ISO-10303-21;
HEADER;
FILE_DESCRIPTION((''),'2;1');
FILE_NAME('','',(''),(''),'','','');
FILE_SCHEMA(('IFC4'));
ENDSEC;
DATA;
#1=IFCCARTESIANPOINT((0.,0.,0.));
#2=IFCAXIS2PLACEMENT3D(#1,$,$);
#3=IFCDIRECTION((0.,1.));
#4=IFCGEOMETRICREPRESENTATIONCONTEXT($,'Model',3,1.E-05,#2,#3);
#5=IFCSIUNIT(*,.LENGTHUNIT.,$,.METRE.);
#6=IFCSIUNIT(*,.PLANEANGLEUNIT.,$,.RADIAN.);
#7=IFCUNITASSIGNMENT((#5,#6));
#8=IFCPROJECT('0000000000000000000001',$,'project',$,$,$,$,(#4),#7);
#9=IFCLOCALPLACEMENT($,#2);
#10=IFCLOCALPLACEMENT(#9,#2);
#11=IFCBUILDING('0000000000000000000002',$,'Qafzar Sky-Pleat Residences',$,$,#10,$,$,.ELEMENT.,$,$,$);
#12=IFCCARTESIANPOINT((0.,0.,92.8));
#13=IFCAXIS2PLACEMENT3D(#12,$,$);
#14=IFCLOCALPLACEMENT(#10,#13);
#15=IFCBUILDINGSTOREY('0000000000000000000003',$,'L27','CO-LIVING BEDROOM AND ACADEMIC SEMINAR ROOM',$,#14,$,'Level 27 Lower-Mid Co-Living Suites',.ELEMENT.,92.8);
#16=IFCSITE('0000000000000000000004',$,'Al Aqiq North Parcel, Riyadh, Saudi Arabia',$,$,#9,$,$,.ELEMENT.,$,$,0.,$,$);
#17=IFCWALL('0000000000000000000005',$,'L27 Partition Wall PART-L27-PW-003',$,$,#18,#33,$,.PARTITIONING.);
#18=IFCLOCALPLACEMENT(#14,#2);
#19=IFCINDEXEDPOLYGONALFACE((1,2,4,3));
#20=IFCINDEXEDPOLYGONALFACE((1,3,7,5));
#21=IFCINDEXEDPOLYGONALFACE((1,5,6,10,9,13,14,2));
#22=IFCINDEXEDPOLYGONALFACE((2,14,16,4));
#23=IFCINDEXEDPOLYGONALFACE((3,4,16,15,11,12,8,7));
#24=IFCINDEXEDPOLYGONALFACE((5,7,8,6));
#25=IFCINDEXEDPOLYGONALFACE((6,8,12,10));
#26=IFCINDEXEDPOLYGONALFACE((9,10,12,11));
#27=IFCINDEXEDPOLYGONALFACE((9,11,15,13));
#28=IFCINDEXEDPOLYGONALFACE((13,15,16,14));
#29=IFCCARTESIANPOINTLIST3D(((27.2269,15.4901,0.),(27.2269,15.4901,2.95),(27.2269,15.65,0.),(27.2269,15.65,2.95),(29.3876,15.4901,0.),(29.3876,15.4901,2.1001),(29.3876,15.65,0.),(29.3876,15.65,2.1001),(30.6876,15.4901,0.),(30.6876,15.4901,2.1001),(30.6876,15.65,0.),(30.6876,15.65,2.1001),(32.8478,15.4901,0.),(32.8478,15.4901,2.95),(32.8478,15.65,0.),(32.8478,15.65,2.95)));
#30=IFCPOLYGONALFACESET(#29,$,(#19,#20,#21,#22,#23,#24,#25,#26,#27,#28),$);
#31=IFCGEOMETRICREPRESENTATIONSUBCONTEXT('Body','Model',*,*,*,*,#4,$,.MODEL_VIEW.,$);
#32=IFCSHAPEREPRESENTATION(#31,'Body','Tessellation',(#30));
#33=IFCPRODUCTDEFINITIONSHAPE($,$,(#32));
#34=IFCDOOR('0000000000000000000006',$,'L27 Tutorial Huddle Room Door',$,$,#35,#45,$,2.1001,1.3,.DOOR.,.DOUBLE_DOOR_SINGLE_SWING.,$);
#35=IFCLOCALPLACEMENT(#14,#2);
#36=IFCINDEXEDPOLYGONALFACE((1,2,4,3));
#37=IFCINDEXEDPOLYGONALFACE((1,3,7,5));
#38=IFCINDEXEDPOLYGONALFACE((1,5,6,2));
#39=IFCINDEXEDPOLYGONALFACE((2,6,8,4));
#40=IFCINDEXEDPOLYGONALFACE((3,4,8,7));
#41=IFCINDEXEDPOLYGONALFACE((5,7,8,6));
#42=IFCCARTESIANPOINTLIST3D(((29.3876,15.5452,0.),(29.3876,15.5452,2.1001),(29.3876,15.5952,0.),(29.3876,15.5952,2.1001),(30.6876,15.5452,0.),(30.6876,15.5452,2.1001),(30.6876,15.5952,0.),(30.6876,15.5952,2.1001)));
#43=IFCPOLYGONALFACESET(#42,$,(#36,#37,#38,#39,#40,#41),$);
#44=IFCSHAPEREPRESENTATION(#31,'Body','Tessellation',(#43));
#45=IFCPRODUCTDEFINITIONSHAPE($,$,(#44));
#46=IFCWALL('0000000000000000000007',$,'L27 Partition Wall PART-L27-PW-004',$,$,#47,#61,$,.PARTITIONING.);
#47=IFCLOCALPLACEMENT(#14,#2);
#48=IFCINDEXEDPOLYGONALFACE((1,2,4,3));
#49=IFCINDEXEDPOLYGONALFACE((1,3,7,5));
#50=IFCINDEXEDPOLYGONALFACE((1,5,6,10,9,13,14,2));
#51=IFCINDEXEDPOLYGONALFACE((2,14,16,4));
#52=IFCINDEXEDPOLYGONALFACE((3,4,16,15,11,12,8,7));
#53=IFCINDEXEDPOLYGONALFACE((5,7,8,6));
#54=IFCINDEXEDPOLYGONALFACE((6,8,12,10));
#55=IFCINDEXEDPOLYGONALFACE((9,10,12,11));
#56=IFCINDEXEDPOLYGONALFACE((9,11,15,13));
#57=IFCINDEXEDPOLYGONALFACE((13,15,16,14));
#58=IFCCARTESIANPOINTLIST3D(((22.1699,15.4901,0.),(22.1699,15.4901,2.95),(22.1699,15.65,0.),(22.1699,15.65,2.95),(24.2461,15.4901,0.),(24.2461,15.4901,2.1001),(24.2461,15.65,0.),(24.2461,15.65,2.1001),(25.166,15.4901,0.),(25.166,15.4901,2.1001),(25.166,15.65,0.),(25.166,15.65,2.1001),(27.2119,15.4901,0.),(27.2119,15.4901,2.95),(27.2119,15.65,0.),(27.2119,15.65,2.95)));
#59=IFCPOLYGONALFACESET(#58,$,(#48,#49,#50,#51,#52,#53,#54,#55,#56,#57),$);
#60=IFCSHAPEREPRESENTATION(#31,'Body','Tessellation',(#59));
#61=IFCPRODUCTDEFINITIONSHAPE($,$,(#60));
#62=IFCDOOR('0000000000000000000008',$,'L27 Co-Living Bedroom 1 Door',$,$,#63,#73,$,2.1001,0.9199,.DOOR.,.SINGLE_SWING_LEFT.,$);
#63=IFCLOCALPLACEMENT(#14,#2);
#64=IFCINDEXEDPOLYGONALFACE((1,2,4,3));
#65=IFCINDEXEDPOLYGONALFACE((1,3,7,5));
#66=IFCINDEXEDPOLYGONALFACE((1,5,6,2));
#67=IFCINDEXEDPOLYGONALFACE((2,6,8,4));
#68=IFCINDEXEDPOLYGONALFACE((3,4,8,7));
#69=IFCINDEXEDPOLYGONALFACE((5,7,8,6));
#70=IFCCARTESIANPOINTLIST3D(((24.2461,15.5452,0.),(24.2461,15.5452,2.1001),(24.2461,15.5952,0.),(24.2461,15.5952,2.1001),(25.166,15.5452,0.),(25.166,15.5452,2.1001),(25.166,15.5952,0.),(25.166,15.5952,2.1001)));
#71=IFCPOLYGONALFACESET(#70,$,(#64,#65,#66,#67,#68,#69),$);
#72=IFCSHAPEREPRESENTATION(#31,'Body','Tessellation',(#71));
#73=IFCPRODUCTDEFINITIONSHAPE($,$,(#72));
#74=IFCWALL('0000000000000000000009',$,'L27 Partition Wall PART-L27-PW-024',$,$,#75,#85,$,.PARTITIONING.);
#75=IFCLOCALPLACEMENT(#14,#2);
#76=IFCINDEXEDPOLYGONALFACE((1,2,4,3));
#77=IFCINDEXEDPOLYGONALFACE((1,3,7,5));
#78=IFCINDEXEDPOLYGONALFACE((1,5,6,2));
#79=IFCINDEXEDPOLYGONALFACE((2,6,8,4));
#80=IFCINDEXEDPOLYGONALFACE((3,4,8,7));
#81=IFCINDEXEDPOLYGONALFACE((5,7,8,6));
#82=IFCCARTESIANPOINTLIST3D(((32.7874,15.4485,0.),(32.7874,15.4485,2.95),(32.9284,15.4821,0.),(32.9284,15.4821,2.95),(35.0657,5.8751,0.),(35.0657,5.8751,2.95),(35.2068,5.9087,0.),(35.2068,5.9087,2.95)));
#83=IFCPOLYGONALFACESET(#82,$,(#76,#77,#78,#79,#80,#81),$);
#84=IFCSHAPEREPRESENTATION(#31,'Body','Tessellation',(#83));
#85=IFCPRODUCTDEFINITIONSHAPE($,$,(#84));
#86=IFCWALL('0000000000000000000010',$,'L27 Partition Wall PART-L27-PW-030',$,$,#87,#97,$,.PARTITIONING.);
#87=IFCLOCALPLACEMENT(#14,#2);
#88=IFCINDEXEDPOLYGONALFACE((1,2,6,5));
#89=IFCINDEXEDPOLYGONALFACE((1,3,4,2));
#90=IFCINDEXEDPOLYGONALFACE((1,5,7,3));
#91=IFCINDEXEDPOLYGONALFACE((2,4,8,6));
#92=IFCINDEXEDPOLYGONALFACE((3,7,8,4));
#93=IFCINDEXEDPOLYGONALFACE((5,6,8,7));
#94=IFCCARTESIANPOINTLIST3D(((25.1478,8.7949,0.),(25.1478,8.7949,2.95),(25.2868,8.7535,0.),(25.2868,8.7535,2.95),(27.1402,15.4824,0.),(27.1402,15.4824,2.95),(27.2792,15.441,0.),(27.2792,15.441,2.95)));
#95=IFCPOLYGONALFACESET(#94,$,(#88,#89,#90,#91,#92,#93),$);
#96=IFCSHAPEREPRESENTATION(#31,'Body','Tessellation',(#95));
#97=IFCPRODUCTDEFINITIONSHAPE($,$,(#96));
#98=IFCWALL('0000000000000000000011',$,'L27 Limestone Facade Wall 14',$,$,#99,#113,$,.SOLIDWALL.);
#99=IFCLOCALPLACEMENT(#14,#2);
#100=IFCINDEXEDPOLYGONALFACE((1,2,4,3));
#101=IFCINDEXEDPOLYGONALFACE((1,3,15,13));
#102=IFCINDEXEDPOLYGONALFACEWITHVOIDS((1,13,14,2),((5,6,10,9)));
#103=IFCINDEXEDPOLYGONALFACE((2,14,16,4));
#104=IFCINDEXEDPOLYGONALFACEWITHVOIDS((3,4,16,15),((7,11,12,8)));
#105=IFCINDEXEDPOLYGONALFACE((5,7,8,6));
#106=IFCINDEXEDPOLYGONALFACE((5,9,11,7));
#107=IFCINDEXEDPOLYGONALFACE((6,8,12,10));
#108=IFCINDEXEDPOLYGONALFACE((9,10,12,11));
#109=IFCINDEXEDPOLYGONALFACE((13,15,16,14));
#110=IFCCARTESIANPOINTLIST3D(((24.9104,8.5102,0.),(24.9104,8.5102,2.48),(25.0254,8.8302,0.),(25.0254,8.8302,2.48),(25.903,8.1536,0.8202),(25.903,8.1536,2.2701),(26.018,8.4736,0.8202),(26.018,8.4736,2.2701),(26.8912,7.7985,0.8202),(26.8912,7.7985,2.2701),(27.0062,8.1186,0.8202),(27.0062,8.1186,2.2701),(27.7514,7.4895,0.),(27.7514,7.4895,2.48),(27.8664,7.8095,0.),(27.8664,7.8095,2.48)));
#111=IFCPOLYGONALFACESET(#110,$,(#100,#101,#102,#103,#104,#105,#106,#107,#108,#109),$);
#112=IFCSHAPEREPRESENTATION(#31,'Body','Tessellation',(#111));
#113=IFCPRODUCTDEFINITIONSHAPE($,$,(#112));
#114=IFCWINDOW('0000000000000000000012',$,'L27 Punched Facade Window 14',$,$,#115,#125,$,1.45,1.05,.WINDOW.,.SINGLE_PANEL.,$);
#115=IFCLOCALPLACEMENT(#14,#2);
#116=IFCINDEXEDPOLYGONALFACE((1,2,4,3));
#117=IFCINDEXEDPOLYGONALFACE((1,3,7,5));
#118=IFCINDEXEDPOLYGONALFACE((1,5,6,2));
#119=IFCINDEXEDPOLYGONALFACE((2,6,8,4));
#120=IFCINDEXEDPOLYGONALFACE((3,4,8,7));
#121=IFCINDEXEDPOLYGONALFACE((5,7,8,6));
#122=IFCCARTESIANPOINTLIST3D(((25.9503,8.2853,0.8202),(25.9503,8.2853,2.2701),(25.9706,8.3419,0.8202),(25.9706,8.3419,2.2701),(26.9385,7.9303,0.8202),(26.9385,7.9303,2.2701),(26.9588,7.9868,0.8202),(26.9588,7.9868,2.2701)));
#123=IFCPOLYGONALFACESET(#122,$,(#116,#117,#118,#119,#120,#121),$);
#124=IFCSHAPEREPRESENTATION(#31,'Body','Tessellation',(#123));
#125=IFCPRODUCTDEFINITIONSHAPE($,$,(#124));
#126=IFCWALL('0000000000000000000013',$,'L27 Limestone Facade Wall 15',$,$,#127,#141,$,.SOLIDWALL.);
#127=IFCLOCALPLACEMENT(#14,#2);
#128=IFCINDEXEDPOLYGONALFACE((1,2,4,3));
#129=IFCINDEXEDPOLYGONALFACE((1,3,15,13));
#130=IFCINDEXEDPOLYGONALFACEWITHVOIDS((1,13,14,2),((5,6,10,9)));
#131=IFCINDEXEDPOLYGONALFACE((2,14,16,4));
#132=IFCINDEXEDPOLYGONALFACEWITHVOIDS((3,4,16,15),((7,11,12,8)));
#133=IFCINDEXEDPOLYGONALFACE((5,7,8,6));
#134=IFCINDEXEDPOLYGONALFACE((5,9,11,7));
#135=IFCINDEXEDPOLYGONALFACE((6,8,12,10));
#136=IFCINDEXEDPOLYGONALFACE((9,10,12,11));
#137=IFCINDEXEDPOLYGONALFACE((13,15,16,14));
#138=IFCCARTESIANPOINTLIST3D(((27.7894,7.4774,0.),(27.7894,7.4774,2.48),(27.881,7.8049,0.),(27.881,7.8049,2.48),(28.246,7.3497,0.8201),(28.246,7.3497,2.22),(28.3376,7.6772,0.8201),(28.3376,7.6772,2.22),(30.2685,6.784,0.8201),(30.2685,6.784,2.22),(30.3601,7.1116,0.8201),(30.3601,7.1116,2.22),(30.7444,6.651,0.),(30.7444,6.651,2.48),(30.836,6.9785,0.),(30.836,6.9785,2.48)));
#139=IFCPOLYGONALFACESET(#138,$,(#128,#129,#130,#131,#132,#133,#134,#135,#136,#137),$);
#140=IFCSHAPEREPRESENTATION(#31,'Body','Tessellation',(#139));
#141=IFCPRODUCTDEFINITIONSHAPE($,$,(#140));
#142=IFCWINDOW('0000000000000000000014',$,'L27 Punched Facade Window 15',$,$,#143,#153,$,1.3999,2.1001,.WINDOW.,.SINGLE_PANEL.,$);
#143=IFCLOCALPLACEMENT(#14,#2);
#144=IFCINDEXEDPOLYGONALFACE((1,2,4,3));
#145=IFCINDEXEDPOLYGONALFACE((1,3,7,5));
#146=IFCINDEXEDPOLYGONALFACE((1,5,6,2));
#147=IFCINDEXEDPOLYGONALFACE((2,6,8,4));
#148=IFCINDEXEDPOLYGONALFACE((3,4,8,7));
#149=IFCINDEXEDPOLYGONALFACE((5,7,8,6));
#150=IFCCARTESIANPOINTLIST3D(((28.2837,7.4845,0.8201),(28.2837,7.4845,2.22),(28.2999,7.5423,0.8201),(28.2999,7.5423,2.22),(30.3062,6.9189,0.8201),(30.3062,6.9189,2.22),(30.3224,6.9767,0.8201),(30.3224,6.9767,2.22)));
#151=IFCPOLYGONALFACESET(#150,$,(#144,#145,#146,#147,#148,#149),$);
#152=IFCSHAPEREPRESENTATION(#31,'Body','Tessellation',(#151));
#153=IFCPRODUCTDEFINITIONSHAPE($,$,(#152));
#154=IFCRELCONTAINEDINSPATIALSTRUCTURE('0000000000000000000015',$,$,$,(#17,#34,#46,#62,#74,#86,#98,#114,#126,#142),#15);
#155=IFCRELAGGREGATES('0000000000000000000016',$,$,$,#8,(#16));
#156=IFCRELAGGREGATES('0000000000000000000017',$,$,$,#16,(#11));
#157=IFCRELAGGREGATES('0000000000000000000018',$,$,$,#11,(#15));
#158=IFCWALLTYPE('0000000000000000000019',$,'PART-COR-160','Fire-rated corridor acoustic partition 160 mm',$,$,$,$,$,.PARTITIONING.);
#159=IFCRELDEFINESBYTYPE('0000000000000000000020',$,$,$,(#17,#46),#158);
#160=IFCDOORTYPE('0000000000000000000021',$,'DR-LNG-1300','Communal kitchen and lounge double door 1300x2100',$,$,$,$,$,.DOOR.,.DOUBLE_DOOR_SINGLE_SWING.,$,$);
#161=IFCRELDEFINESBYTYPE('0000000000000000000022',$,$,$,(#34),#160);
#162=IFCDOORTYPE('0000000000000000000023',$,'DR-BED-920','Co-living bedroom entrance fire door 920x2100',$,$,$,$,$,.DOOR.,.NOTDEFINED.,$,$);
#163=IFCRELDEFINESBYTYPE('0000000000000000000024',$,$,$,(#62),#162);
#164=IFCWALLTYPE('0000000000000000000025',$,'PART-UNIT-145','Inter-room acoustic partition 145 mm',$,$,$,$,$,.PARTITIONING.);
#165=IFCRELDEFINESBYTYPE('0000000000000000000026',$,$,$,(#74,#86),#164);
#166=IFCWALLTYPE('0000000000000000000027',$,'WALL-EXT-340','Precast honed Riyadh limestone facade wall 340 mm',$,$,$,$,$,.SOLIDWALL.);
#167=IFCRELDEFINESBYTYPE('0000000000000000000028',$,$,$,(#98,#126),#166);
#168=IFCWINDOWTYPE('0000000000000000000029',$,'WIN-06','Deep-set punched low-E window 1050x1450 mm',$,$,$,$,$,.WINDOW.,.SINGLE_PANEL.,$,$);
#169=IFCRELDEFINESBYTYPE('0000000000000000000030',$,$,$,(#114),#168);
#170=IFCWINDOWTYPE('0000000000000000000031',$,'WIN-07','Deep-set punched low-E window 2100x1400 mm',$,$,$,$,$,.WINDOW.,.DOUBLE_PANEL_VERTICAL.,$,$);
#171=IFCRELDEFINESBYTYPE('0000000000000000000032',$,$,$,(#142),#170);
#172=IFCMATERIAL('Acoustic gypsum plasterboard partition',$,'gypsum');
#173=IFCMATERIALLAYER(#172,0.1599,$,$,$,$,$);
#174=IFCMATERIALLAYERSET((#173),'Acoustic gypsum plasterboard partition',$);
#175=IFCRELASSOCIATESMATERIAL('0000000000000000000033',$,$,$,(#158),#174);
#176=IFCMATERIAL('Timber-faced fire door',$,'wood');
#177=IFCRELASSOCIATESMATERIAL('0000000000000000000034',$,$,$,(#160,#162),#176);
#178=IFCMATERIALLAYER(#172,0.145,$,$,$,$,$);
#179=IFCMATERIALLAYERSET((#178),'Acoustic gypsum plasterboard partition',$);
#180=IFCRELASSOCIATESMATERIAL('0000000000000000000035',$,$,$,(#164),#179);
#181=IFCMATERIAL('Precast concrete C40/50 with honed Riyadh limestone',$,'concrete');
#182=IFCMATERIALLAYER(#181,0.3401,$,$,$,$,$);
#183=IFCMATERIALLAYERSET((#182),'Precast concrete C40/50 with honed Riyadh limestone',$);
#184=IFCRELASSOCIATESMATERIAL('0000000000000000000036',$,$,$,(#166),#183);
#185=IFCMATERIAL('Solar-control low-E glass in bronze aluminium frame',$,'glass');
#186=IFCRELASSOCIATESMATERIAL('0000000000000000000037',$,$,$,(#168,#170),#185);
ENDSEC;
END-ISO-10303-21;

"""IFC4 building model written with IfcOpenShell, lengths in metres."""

from ifc_helpers import new_model, si_unit, direction, frame, frame_2d, origin, place, context, subcontext, project, spatial, rectangle, extrude, source, transform, mapped, material, layer, layer_set, type_object, element, fill, save


model = new_model("IFC4")

# Units and contexts
model_context = context("Model", 3, precision=1e-05, world=origin(), true_north=direction((0.0, 1.0)))
body_context = subcontext(model_context, "Body", "Model", "MODEL_VIEW")
ifc_project = project(units=[si_unit("LENGTHUNIT", "METRE"), si_unit("PLANEANGLEUNIT", "RADIAN")], contexts=[model_context])

# Site, building, storey
site_placement = place(None, origin())
site = spatial("IfcSite", under=ifc_project, at=site_placement, Name="Al Aqiq North Parcel, Riyadh, Saudi Arabia", CompositionType="ELEMENT", RefElevation=0.0)
building_placement = place(site_placement, origin())
building = spatial("IfcBuilding", under=site, at=building_placement, Name="Qafzar Sky-Pleat Residences", CompositionType="ELEMENT")
storey_placement = place(building_placement, frame((0.0, 0.0, 92.8)))
storey = spatial("IfcBuildingStorey", under=building, at=storey_placement, Name="L27", Description="CO-LIVING BEDROOM AND ACADEMIC SEMINAR ROOM", LongName="Level 27 Lower-Mid Co-Living Suites", CompositionType="ELEMENT", Elevation=92.8)

# Walls, openings, doors
ifc_material_1 = material(Name="Acoustic gypsum plasterboard partition", Category="gypsum")
ifc_layer_1 = layer(ifc_material_1, 0.1599)
ifc_layer_set_1 = layer_set([ifc_layer_1], Name="Acoustic gypsum plasterboard partition")
wall_type_1 = type_object("IfcWallType", Name="PART-COR-160", Description="Fire-rated corridor acoustic partition 160 mm", PredefinedType="PARTITIONING", material=ifc_layer_set_1)
wall_1_placement = place(storey_placement, frame((32.8479, 15.5701, 0.0), z_axis=(0.0, 0.0, 1.0), x_axis=(-1.0, 0.0, 0.0)))
wall_1 = element("IfcWall", 1, at=wall_1_placement, inside=storey, type_object=wall_type_1, Name="L27 Partition Wall PART-L27-PW-003", PredefinedType="PARTITIONING", context=body_context, shape_type="SweptSolid", body=[
    extrude(rectangle(XDim=5.6208, YDim=0.1599, at=frame_2d((2.8105, 0.0))), origin(), (0.0, 0.0, 1.0), 2.95),
])
opening_1_placement = place(wall_1_placement, frame((2.1604, 0.0, 0.0)))
opening_1 = element("IfcOpeningElement", 2, at=opening_1_placement, cuts=wall_1, PredefinedType="OPENING", context=body_context, shape_type="SweptSolid", body=[
    extrude(rectangle(XDim=1.3, YDim=2.1001, at=frame_2d((0.6499, 1.05))), frame((0.0, 0.0898, 0.0), z_axis=(0.0, -1.0, 0.0), x_axis=(1.0, 0.0, 0.0)), (0.0, 0.0, 1.0), 0.1799),
])
ifc_material_2 = material(Name="Timber-faced fire door", Category="wood")
door_type_1 = type_object("IfcDoorType", Name="DR-LNG-1300", Description="Communal kitchen and lounge double door 1300x2100", OperationType="DOUBLE_DOOR_SINGLE_SWING", PredefinedType="DOOR", material=ifc_material_2)
shared_shape_1 = source(origin(), body_context, "Body", "SweptSolid", [
    extrude(rectangle(XDim=1.3, YDim=2.1001, at=frame_2d((0.6499, 1.05))), frame((0.0, 0.0249, 0.0), z_axis=(0.0, -1.0, 0.0), x_axis=(1.0, 0.0, 0.0)), (0.0, 0.0, 1.0), 0.05),
])
door_1_placement = place(opening_1_placement, origin())
door_1 = element("IfcDoor", 3, at=door_1_placement, inside=storey, type_object=door_type_1, Name="L27 Tutorial Huddle Room Door", OperationType="DOUBLE_DOOR_SINGLE_SWING", OverallHeight=2.1001, OverallWidth=1.3, PredefinedType="DOOR", context=body_context, shape_type="MappedRepresentation", body=[
    mapped(shared_shape_1, transform((0.0, 0.0, 0.0), x_axis=(1.0, 0.0, 0.0), y_axis=(0.0, 1.0, 0.0), z_axis=(0.0, 0.0, 1.0), scale=1.0)),
])
fill(opening_1, door_1)
wall_2_placement = place(storey_placement, frame((27.2119, 15.5701, 0.0), z_axis=(0.0, 0.0, 1.0), x_axis=(-1.0, 0.0, 0.0)))
wall_2 = element("IfcWall", 4, at=wall_2_placement, inside=storey, type_object=wall_type_1, Name="L27 Partition Wall PART-L27-PW-004", PredefinedType="PARTITIONING", context=body_context, shape_type="SweptSolid", body=[
    extrude(rectangle(XDim=5.042, YDim=0.1599, at=frame_2d((2.521, 0.0))), origin(), (0.0, 0.0, 1.0), 2.95),
])
opening_2_placement = place(wall_2_placement, frame((2.0459, 0.0, 0.0)))
opening_2 = element("IfcOpeningElement", 5, at=opening_2_placement, cuts=wall_2, PredefinedType="OPENING", context=body_context, shape_type="SweptSolid", body=[
    extrude(rectangle(XDim=0.9199, YDim=2.1001, at=frame_2d((0.46, 1.05))), frame((0.0, 0.0898, 0.0), z_axis=(0.0, -1.0, 0.0), x_axis=(1.0, 0.0, 0.0)), (0.0, 0.0, 1.0), 0.1799),
])
door_type_2 = type_object("IfcDoorType", Name="DR-BED-920", Description="Co-living bedroom entrance fire door 920x2100", OperationType="NOTDEFINED", PredefinedType="DOOR", material=ifc_material_2)
shared_shape_2 = source(origin(), body_context, "Body", "SweptSolid", [
    extrude(rectangle(XDim=0.9199, YDim=2.1001, at=frame_2d((0.46, 1.05))), frame((0.0, 0.0249, 0.0), z_axis=(0.0, -1.0, 0.0), x_axis=(1.0, 0.0, 0.0)), (0.0, 0.0, 1.0), 0.05),
])
door_2_placement = place(opening_2_placement, origin())
door_2 = element("IfcDoor", 6, at=door_2_placement, inside=storey, type_object=door_type_2, Name="L27 Co-Living Bedroom 1 Door", OperationType="SINGLE_SWING_LEFT", OverallHeight=2.1001, OverallWidth=0.9199, PredefinedType="DOOR", context=body_context, shape_type="MappedRepresentation", body=[
    mapped(shared_shape_2, transform((0.0, 0.0, 0.0), x_axis=(1.0, 0.0, 0.0), y_axis=(0.0, 1.0, 0.0), z_axis=(0.0, 0.0, 1.0), scale=1.0)),
])
fill(opening_2, door_2)

# Walls
ifc_layer_2 = layer(ifc_material_1, 0.145)
ifc_layer_set_2 = layer_set([ifc_layer_2], Name="Acoustic gypsum plasterboard partition")
wall_type_2 = type_object("IfcWallType", Name="PART-UNIT-145", Description="Inter-room acoustic partition 145 mm", PredefinedType="PARTITIONING", material=ifc_layer_set_2)
wall_3_placement = place(storey_placement, frame((32.8579, 15.4653, 0.0), z_axis=(0.0, 0.0, 1.0), x_axis=(0.231517, -0.972831, 0.0)))
element("IfcWall", 7, at=wall_3_placement, inside=storey, type_object=wall_type_2, Name="L27 Partition Wall PART-L27-PW-024", PredefinedType="PARTITIONING", context=body_context, shape_type="SweptSolid", body=[
    extrude(rectangle(XDim=9.8408, YDim=0.145, at=frame_2d((4.9204, 0.0))), origin(), (0.0, 0.0, 1.0), 2.95),
])
wall_4_placement = place(storey_placement, frame((25.2173, 8.7742, 0.0), z_axis=(0.0, 0.0, 1.0), x_axis=(0.285531, 0.95837, 0.0)))
element("IfcWall", 8, at=wall_4_placement, inside=storey, type_object=wall_type_2, Name="L27 Partition Wall PART-L27-PW-030", PredefinedType="PARTITIONING", context=body_context, shape_type="SweptSolid", body=[
    extrude(rectangle(XDim=6.978, YDim=0.145, at=frame_2d((3.489, 0.0))), origin(), (0.0, 0.0, 1.0), 2.95),
])

# Walls, openings, windows
ifc_material_3 = material(Name="Precast concrete C40/50 with honed Riyadh limestone", Category="concrete")
ifc_layer_3 = layer(ifc_material_3, 0.3401)
ifc_layer_set_3 = layer_set([ifc_layer_3], Name="Precast concrete C40/50 with honed Riyadh limestone")
wall_type_3 = type_object("IfcWallType", Name="WALL-EXT-340", Description="Precast honed Riyadh limestone facade wall 340 mm", PredefinedType="SOLIDWALL", material=ifc_layer_set_3)
wall_5_placement = place(storey_placement, frame((24.968, 8.6702, 0.0), z_axis=(0.0, 0.0, 1.0), x_axis=(0.941102, -0.338124, 0.0)))
wall_5 = element("IfcWall", 9, at=wall_5_placement, inside=storey, type_object=wall_type_3, Name="L27 Limestone Facade Wall 14", PredefinedType="SOLIDWALL", context=body_context, shape_type="SweptSolid", body=[
    extrude(rectangle(XDim=3.0188, YDim=0.3401, at=frame_2d((1.5093, 0.0))), origin(), (0.0, 0.0, 1.0), 2.48),
])
opening_3_placement = place(wall_5_placement, frame((1.0547, 0.0, 0.8201)))
opening_3 = element("IfcOpeningElement", 10, at=opening_3_placement, cuts=wall_5, PredefinedType="OPENING", context=body_context, shape_type="SweptSolid", body=[
    extrude(rectangle(XDim=1.05, YDim=1.45, at=frame_2d((0.5249, 0.7251))), frame((0.0, 0.1802, 0.0), z_axis=(0.0, -1.0, 0.0), x_axis=(1.0, 0.0, 0.0)), (0.0, 0.0, 1.0), 0.3601),
])
ifc_material_4 = material(Name="Solar-control low-E glass in bronze aluminium frame", Category="glass")
window_type_1 = type_object("IfcWindowType", Name="WIN-06", Description="Deep-set punched low-E window 1050x1450 mm", PartitioningType="SINGLE_PANEL", PredefinedType="WINDOW", material=ifc_material_4)
shared_shape_3 = source(origin(), body_context, "Body", "SweptSolid", [
    extrude(rectangle(XDim=1.05, YDim=1.45, at=frame_2d((0.5249, 0.7251))), frame((0.0, 0.03, 0.0), z_axis=(0.0, -1.0, 0.0), x_axis=(1.0, 0.0, 0.0)), (0.0, 0.0, 1.0), 0.0601),
])
window_1_placement = place(opening_3_placement, origin())
window_1 = element("IfcWindow", 11, at=window_1_placement, inside=storey, type_object=window_type_1, Name="L27 Punched Facade Window 14", OverallHeight=1.45, OverallWidth=1.05, PartitioningType="SINGLE_PANEL", PredefinedType="WINDOW", context=body_context, shape_type="MappedRepresentation", body=[
    mapped(shared_shape_3, transform((0.0, 0.0, 0.0), x_axis=(1.0, 0.0, 0.0), y_axis=(0.0, 1.0, 0.0), z_axis=(0.0, 0.0, 1.0), scale=1.0)),
])
fill(opening_3, window_1)
wall_6_placement = place(storey_placement, frame((27.8352, 7.6411, 0.0), z_axis=(0.0, 0.0, 1.0), x_axis=(0.963049, -0.269326, 0.0)))
wall_6 = element("IfcWall", 12, at=wall_6_placement, inside=storey, type_object=wall_type_3, Name="L27 Limestone Facade Wall 15", PredefinedType="SOLIDWALL", context=body_context, shape_type="SweptSolid", body=[
    extrude(rectangle(XDim=3.0684, YDim=0.3401, at=frame_2d((1.5342, 0.0))), origin(), (0.0, 0.0, 1.0), 2.48),
])
opening_4_placement = place(wall_6_placement, frame((0.4741, 0.0, 0.8201)))
opening_4 = element("IfcOpeningElement", 13, at=opening_4_placement, cuts=wall_6, PredefinedType="OPENING", context=body_context, shape_type="SweptSolid", body=[
    extrude(rectangle(XDim=2.1001, YDim=1.3999, at=frame_2d((1.05, 0.7))), frame((0.0, 0.1802, 0.0), z_axis=(0.0, -1.0, 0.0), x_axis=(1.0, 0.0, 0.0)), (0.0, 0.0, 1.0), 0.3601),
])
window_type_2 = type_object("IfcWindowType", Name="WIN-07", Description="Deep-set punched low-E window 2100x1400 mm", PartitioningType="DOUBLE_PANEL_VERTICAL", PredefinedType="WINDOW", material=ifc_material_4)
shared_shape_4 = source(origin(), body_context, "Body", "SweptSolid", [
    extrude(rectangle(XDim=2.1001, YDim=1.3999, at=frame_2d((1.05, 0.7))), frame((0.0, 0.03, 0.0), z_axis=(0.0, -1.0, 0.0), x_axis=(1.0, 0.0, 0.0)), (0.0, 0.0, 1.0), 0.0601),
])
window_2_placement = place(opening_4_placement, origin())
window_2 = element("IfcWindow", 14, at=window_2_placement, inside=storey, type_object=window_type_2, Name="L27 Punched Facade Window 15", OverallHeight=1.3999, OverallWidth=2.1001, PartitioningType="SINGLE_PANEL", PredefinedType="WINDOW", context=body_context, shape_type="MappedRepresentation", body=[
    mapped(shared_shape_4, transform((0.0, 0.0, 0.0), x_axis=(1.0, 0.0, 0.0), y_axis=(0.0, 1.0, 0.0), z_axis=(0.0, 0.0, 1.0), scale=1.0)),
])
fill(opening_4, window_2)

save(model, "model.ifc")
